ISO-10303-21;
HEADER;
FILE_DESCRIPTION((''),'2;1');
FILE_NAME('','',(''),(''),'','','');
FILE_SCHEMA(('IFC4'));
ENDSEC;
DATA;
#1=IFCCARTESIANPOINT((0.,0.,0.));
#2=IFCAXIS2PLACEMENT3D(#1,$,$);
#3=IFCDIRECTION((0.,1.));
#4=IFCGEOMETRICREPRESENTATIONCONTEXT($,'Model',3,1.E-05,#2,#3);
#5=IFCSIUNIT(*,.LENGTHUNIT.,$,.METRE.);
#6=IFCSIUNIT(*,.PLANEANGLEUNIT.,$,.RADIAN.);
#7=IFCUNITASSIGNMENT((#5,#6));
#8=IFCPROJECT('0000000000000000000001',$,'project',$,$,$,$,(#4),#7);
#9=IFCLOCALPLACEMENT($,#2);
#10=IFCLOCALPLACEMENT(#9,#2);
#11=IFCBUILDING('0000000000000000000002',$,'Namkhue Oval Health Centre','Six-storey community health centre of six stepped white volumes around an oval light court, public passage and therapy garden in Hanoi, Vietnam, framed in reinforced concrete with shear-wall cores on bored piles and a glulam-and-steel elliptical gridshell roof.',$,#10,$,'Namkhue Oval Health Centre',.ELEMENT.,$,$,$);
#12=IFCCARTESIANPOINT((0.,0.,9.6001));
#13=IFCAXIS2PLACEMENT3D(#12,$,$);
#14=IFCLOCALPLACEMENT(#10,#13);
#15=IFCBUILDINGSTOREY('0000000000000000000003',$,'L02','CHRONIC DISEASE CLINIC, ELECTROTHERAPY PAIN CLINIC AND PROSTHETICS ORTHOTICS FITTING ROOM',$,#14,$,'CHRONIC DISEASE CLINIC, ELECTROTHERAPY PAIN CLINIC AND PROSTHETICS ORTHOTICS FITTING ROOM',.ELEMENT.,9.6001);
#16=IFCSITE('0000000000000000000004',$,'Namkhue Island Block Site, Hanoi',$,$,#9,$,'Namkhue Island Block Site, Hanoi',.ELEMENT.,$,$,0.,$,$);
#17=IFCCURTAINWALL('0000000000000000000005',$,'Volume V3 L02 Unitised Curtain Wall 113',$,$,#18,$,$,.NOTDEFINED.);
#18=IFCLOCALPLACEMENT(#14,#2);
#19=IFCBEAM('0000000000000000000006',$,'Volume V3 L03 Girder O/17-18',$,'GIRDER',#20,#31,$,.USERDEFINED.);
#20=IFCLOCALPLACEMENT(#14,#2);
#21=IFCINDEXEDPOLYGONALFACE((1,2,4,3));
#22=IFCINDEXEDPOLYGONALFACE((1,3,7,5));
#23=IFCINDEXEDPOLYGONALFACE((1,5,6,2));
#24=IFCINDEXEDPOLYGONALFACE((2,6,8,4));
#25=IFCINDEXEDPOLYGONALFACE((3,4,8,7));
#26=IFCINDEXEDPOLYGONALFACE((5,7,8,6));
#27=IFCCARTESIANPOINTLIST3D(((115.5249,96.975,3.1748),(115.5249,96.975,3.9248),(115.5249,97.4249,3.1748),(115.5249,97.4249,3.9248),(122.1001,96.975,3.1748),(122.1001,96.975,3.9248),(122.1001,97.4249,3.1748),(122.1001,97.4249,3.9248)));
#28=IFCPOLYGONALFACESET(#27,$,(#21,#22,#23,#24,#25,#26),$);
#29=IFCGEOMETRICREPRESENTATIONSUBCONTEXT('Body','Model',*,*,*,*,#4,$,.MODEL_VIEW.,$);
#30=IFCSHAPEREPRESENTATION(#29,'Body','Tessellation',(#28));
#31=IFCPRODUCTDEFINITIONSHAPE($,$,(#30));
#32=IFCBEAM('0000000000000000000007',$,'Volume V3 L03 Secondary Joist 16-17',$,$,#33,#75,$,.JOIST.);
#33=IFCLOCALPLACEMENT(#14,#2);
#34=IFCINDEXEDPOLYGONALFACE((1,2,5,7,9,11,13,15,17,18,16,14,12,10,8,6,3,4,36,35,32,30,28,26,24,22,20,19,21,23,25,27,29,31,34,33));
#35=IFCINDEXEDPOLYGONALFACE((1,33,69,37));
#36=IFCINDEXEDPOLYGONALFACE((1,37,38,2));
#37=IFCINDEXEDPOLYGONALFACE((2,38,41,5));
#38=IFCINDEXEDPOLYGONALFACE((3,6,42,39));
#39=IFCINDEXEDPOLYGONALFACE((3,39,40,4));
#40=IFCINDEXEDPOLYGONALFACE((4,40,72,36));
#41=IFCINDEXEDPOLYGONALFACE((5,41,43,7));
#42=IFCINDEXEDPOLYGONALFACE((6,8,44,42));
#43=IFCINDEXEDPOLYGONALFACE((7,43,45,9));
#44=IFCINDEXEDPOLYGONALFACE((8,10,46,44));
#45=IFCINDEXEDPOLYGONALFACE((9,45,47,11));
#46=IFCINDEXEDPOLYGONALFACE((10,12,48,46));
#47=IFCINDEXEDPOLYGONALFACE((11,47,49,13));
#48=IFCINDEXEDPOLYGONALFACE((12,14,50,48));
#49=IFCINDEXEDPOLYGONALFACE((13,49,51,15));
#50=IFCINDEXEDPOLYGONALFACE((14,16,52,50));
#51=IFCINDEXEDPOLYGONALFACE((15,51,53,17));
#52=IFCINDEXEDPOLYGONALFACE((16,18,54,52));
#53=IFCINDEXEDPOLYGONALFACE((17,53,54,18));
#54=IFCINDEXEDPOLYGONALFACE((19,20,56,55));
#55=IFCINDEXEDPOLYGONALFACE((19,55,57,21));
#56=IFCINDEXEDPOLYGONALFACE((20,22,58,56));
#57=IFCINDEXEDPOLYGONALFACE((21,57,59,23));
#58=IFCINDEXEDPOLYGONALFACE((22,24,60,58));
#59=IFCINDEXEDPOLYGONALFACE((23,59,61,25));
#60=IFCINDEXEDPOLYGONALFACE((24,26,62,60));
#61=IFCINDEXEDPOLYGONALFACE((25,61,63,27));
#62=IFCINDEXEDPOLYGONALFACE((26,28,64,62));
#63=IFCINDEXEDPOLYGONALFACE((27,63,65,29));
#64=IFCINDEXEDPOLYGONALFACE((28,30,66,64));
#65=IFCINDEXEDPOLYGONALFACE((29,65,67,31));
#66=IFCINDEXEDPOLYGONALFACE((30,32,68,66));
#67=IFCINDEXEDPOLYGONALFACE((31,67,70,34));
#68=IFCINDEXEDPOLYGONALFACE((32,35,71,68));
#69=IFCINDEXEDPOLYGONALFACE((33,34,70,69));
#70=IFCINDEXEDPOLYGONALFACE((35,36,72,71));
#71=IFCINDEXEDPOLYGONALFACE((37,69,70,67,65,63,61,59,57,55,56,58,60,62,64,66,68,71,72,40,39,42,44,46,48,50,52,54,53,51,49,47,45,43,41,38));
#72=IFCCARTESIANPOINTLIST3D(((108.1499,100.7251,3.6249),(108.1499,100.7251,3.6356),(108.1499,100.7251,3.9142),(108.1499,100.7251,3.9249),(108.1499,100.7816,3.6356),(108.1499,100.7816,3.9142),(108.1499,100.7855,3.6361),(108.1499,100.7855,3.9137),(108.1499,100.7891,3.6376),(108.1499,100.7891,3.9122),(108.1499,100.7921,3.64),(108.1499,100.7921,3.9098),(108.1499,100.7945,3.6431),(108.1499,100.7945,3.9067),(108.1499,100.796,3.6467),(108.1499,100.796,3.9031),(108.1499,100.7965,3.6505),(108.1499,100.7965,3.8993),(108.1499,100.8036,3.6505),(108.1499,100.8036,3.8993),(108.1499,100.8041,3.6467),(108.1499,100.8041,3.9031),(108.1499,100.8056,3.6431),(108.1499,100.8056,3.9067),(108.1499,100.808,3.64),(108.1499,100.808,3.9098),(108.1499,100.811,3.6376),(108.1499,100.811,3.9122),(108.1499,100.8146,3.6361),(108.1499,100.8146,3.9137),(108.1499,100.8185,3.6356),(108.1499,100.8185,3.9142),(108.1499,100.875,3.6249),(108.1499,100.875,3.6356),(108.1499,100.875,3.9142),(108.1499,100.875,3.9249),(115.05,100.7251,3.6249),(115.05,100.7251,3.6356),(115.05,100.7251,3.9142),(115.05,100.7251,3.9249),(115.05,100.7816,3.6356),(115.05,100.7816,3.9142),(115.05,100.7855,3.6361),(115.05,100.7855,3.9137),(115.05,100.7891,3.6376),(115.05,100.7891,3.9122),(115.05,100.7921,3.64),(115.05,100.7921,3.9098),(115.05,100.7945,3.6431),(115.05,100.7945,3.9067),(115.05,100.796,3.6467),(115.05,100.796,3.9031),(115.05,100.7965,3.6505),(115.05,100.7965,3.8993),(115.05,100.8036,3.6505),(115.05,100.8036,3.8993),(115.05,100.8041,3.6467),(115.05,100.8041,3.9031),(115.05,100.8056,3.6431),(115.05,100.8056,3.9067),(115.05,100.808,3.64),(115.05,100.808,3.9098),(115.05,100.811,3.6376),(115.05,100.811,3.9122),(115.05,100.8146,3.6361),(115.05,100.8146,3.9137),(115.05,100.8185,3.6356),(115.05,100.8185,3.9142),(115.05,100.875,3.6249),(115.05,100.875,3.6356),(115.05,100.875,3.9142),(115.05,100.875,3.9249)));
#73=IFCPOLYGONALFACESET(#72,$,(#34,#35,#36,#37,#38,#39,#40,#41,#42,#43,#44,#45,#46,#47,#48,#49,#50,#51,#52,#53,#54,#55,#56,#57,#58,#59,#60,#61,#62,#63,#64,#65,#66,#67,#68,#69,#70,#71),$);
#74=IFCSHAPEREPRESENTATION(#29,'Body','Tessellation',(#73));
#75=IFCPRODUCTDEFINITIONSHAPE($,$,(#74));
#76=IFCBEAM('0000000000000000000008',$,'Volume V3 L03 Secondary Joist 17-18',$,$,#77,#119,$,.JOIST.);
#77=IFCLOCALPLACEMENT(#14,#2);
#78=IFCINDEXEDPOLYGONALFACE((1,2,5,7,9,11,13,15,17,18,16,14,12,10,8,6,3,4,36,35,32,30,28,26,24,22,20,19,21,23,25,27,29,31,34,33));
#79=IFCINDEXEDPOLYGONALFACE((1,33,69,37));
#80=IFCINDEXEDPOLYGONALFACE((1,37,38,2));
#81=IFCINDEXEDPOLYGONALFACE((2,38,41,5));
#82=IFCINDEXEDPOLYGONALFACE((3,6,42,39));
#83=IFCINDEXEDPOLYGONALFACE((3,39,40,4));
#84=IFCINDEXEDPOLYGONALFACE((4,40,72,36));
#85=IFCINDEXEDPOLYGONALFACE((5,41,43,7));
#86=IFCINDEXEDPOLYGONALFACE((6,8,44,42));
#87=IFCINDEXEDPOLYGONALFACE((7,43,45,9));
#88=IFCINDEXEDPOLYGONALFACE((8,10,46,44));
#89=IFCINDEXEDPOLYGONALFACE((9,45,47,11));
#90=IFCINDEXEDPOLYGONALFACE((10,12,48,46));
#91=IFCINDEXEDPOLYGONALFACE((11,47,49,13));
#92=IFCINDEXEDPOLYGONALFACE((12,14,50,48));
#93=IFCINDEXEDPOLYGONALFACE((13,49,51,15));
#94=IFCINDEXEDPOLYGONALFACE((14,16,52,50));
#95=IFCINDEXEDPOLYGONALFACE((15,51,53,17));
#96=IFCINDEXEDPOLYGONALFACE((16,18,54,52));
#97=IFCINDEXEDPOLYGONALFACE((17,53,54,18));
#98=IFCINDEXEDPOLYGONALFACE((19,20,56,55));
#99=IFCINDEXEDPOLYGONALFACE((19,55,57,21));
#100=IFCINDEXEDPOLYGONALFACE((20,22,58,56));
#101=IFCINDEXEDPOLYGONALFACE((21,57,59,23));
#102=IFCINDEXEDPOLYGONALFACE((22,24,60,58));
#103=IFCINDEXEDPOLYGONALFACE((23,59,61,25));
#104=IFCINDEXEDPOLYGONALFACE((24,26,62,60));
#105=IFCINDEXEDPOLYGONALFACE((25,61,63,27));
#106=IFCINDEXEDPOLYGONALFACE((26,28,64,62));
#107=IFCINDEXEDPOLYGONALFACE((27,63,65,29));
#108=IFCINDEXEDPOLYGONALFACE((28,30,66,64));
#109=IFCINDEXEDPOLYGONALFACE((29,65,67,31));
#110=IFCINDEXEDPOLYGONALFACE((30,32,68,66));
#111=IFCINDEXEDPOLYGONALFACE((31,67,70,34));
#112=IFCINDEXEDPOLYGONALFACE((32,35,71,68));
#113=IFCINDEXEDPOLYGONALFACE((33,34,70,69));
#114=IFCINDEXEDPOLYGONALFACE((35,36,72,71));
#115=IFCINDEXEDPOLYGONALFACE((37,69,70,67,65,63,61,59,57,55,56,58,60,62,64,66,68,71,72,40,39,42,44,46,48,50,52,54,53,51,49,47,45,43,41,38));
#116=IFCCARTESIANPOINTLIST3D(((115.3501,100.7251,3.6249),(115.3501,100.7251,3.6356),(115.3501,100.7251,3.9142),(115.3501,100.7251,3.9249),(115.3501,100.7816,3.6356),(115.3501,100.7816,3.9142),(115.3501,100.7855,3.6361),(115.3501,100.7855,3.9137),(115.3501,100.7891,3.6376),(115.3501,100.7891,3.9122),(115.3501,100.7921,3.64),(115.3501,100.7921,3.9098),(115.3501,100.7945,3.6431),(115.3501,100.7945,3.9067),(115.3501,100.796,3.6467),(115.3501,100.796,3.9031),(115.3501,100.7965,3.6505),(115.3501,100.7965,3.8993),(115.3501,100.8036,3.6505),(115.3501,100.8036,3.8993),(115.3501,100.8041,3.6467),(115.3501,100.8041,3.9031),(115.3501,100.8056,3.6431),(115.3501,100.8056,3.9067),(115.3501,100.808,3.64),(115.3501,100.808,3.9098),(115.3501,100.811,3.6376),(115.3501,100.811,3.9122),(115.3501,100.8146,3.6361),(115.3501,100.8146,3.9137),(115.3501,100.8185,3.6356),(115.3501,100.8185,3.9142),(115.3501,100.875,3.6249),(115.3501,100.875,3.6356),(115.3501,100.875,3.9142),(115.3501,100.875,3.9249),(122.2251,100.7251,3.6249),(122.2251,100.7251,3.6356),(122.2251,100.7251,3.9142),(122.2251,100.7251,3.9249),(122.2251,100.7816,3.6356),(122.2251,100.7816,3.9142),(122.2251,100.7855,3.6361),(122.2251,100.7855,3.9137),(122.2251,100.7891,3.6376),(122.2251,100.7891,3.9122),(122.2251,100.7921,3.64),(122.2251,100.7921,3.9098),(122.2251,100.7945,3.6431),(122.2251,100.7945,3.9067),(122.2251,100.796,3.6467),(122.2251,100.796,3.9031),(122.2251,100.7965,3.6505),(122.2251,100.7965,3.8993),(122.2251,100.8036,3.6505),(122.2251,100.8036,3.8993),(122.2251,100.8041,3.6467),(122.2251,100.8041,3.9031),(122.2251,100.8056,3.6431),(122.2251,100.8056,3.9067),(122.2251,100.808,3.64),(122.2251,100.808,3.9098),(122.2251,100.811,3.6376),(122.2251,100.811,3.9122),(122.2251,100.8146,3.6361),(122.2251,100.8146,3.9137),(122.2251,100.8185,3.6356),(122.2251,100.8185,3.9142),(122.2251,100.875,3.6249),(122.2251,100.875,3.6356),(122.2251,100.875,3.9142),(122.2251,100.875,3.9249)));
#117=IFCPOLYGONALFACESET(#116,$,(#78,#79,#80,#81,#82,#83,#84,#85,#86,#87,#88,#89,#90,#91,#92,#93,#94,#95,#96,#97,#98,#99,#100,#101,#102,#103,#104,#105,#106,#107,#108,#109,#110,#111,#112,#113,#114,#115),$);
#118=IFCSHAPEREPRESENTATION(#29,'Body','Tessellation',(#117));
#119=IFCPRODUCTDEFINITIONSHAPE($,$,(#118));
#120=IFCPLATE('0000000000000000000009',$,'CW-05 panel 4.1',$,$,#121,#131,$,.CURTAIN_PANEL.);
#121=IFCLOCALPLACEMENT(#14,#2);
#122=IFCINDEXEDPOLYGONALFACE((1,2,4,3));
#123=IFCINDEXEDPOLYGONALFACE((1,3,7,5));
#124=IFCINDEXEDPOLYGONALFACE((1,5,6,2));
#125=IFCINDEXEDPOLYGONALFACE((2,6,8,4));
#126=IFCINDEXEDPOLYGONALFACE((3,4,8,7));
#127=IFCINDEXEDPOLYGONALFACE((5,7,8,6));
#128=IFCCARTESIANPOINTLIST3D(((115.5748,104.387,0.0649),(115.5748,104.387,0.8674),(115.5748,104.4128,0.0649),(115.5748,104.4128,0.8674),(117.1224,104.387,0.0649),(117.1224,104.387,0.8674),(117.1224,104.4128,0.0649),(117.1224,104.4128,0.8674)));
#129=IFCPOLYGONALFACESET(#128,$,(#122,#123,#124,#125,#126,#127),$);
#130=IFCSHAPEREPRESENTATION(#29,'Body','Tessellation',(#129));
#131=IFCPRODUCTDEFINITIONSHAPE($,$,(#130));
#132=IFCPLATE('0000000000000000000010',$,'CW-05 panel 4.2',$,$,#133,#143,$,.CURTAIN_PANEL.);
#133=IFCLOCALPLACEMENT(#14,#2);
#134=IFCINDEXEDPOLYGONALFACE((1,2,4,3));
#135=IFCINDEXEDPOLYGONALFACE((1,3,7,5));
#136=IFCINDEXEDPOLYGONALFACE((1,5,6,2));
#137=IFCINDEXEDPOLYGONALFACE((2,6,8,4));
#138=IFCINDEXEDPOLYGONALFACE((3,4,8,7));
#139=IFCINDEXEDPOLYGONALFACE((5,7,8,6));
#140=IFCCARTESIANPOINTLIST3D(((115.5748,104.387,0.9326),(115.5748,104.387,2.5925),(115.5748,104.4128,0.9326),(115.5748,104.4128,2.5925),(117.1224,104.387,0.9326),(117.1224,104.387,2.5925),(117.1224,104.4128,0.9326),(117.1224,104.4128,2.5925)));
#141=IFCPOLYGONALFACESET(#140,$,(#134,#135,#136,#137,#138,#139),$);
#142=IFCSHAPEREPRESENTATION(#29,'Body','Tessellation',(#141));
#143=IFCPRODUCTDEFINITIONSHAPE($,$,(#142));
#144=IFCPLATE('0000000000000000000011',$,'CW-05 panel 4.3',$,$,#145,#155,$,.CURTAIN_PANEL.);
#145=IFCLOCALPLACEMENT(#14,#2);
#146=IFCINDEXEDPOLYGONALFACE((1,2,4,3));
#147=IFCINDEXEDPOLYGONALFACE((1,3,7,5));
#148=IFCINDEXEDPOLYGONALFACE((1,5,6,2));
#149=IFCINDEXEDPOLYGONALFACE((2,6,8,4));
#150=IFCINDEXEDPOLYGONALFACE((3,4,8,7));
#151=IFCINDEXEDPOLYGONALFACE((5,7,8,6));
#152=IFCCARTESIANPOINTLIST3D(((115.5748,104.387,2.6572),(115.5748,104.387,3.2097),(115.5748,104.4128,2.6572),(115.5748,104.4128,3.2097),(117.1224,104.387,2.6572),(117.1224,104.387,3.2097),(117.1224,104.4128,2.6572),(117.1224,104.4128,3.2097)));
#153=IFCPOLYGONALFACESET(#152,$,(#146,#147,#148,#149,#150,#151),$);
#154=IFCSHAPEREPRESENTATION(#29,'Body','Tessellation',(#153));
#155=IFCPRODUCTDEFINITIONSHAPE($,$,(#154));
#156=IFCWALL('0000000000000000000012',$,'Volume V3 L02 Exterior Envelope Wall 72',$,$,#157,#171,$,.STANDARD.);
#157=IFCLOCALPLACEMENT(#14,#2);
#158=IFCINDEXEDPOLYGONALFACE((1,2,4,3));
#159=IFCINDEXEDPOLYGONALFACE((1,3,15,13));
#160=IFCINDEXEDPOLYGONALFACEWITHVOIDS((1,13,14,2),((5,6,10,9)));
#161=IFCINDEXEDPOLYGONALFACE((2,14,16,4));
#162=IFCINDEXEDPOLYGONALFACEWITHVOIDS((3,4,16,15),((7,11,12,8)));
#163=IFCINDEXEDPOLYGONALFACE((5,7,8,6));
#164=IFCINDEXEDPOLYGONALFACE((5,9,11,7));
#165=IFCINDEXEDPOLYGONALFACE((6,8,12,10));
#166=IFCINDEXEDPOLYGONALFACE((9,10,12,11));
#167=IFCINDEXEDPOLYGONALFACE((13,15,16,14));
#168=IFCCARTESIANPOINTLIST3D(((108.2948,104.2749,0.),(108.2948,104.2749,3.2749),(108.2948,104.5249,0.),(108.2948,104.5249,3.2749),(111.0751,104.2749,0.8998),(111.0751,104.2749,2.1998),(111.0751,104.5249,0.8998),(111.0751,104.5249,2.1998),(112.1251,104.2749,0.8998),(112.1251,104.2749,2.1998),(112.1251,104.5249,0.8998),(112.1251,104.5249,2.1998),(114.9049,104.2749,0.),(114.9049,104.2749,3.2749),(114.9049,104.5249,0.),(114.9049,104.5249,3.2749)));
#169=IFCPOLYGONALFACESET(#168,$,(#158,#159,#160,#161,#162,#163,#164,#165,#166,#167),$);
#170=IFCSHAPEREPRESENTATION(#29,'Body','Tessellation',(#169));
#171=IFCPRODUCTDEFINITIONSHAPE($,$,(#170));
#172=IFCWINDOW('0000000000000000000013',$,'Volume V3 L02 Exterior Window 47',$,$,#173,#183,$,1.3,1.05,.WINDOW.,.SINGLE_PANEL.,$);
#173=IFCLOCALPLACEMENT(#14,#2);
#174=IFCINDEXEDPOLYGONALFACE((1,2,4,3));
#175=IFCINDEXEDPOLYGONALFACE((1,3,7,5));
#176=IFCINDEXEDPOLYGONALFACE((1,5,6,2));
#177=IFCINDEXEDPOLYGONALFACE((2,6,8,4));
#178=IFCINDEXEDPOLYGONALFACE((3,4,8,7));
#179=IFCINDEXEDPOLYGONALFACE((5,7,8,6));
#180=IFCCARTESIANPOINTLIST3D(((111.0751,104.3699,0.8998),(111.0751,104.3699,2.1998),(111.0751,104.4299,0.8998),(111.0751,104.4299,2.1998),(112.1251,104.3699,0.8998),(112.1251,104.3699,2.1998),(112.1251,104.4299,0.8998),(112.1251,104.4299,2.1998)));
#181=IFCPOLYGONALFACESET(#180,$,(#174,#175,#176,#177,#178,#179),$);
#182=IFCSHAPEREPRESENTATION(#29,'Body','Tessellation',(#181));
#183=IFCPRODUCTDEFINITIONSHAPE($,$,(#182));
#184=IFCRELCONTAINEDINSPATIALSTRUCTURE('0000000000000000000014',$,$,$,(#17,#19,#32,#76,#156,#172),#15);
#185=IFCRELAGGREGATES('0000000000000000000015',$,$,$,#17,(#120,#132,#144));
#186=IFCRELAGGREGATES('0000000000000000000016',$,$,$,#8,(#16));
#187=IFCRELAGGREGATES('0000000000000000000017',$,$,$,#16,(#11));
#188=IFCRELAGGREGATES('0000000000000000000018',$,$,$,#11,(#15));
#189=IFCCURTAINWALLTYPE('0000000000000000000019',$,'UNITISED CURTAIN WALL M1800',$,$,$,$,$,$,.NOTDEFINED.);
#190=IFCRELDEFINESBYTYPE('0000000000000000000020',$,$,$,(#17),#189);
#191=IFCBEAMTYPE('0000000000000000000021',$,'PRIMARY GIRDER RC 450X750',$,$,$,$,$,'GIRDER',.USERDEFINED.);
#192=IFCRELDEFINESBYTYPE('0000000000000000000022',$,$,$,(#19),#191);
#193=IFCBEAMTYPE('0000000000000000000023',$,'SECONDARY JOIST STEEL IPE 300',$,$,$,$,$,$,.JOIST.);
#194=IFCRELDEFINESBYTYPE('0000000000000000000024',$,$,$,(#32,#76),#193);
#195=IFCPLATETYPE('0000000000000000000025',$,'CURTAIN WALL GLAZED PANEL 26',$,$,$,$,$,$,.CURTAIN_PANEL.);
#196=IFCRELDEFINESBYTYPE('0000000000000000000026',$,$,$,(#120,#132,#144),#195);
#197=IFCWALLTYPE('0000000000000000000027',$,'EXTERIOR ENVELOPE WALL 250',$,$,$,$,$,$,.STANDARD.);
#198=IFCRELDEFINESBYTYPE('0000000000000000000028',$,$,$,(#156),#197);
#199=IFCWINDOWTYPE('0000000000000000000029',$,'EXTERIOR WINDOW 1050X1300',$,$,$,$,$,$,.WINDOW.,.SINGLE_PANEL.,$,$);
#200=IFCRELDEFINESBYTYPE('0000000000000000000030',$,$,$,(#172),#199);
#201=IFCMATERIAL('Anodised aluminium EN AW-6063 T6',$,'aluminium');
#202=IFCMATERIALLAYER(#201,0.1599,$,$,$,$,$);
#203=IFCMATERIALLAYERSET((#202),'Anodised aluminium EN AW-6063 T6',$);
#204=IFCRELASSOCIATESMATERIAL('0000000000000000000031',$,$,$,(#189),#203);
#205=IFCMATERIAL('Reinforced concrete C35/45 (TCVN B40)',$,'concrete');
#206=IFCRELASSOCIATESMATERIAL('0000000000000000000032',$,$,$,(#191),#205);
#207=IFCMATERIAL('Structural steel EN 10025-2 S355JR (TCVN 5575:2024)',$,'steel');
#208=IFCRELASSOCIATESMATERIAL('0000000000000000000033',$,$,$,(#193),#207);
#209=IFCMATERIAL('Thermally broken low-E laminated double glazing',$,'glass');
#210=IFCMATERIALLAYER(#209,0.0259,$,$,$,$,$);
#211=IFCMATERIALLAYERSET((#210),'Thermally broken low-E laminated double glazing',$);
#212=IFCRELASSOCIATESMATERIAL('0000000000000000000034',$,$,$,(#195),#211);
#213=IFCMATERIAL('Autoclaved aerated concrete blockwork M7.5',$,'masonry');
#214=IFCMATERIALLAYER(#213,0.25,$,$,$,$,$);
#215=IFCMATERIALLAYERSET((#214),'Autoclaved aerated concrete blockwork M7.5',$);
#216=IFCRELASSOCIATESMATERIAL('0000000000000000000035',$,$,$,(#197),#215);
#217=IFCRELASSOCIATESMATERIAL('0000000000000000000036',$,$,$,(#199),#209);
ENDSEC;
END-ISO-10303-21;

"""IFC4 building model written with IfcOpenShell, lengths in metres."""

from ifc_helpers import new_model, si_unit, direction, frame, frame_2d, origin, origin_2d, place, context, subcontext, project, spatial, rectangle, i_section, extrude, material, layer, layer_set, material_profile, profile_set, type_object, element, fill, aggregate, save


model = new_model("IFC4")

# Units and contexts
model_context = context("Model", 3, precision=1e-05, world=origin(), true_north=direction((0.0, 1.0)))
body_context = subcontext(model_context, "Body", "Model", "MODEL_VIEW")
ifc_project = project(units=[si_unit("LENGTHUNIT", "METRE"), si_unit("PLANEANGLEUNIT", "RADIAN")], contexts=[model_context])

# Site, building, storey
site_placement = place(None, origin())
site = spatial("IfcSite", under=ifc_project, at=site_placement, Name="Namkhue Island Block Site, Hanoi", LongName="Namkhue Island Block Site, Hanoi", CompositionType="ELEMENT", RefElevation=0.0)
building_placement = place(site_placement, origin())
building = spatial("IfcBuilding", under=site, at=building_placement, Name="Namkhue Oval Health Centre", Description="Six-storey community health centre of six stepped white volumes around an oval light court, public passage and therapy garden in Hanoi, Vietnam, framed in reinforced concrete with shear-wall cores on bored piles and a glulam-and-steel elliptical gridshell roof.", LongName="Namkhue Oval Health Centre", CompositionType="ELEMENT")
storey_placement = place(building_placement, frame((0.0, 0.0, 9.6001)))
storey = spatial("IfcBuildingStorey", under=building, at=storey_placement, Name="L02", Description="CHRONIC DISEASE CLINIC, ELECTROTHERAPY PAIN CLINIC AND PROSTHETICS ORTHOTICS FITTING ROOM", LongName="CHRONIC DISEASE CLINIC, ELECTROTHERAPY PAIN CLINIC AND PROSTHETICS ORTHOTICS FITTING ROOM", CompositionType="ELEMENT", Elevation=9.6001)

# Shared definitions
ifc_material_1 = material(Name="Reinforced concrete C35/45 (TCVN B40)", Category="concrete")

# Curtain wall
ifc_material_2 = material(Name="Anodised aluminium EN AW-6063 T6", Category="aluminium")
ifc_layer_1 = layer(ifc_material_2, 0.1599)
ifc_layer_set_1 = layer_set([ifc_layer_1], Name="Anodised aluminium EN AW-6063 T6")
curtain_wall_type = type_object("IfcCurtainWallType", Name="UNITISED CURTAIN WALL M1800", PredefinedType="NOTDEFINED", material=ifc_layer_set_1)
curtain_wall_placement = place(storey_placement, origin())
curtain_wall = element("IfcCurtainWall", 1, at=curtain_wall_placement, inside=storey, type_object=curtain_wall_type, Name="Volume V3 L02 Unitised Curtain Wall 113", PredefinedType="NOTDEFINED")

# Beams
ifc_material_profile_1 = material_profile(ifc_material_1, rectangle(XDim=0.45, YDim=0.75, at=origin_2d()), Name="RC 450x750")
ifc_profile_set_1 = profile_set([ifc_material_profile_1], Name="Reinforced concrete C35/45 (TCVN B40)")
beam_type_1 = type_object("IfcBeamType", Name="PRIMARY GIRDER RC 450X750", ElementType="GIRDER", PredefinedType="USERDEFINED", material=ifc_profile_set_1)
beam_1_placement = place(storey_placement, frame((115.5249, 97.2, 3.5498), z_axis=(1.0, 0.0, 0.0), x_axis=(0.0, 1.0, 0.0)))
element("IfcBeam", 2, at=beam_1_placement, inside=storey, type_object=beam_type_1, Name="Volume V3 L03 Girder O/17-18", ObjectType="GIRDER", PredefinedType="USERDEFINED", context=body_context, shape_type="SweptSolid", body=[
    extrude(rectangle(XDim=0.45, YDim=0.75, at=origin_2d()), origin(), (0.0, 0.0, 1.0), 6.5752),
])
ifc_material_3 = material(Name="Structural steel EN 10025-2 S355JR (TCVN 5575:2024)", Category="steel")
ifc_material_profile_2 = material_profile(ifc_material_3, i_section(OverallWidth=0.1499, OverallDepth=0.3, WebThickness=0.0071, FlangeThickness=0.0107, FilletRadius=0.0149, at=origin_2d()), Name="IPE 300")
ifc_profile_set_2 = profile_set([ifc_material_profile_2], Name="Structural steel EN 10025-2 S355JR (TCVN 5575:2024)")
beam_type_2 = type_object("IfcBeamType", Name="SECONDARY JOIST STEEL IPE 300", PredefinedType="JOIST", material=ifc_profile_set_2)
beam_2_placement = place(storey_placement, frame((108.1499, 100.8, 3.7749), z_axis=(1.0, 0.0, 0.0), x_axis=(0.0, 1.0, 0.0)))
element("IfcBeam", 3, at=beam_2_placement, inside=storey, type_object=beam_type_2, Name="Volume V3 L03 Secondary Joist 16-17", PredefinedType="JOIST", context=body_context, shape_type="SweptSolid", body=[
    extrude(i_section(OverallWidth=0.1499, OverallDepth=0.3, WebThickness=0.0071, FlangeThickness=0.0107, FilletRadius=0.0149, at=origin_2d()), origin(), (0.0, 0.0, 1.0), 6.9001),
])
beam_3_placement = place(storey_placement, frame((115.3501, 100.8, 3.7749), z_axis=(1.0, 0.0, 0.0), x_axis=(0.0, 1.0, 0.0)))
element("IfcBeam", 4, at=beam_3_placement, inside=storey, type_object=beam_type_2, Name="Volume V3 L03 Secondary Joist 17-18", PredefinedType="JOIST", context=body_context, shape_type="SweptSolid", body=[
    extrude(i_section(OverallWidth=0.1499, OverallDepth=0.3, WebThickness=0.0071, FlangeThickness=0.0107, FilletRadius=0.0149, at=origin_2d()), origin(), (0.0, 0.0, 1.0), 6.875),
])

# Plates
ifc_material_4 = material(Name="Thermally broken low-E laminated double glazing", Category="glass")
ifc_layer_2 = layer(ifc_material_4, 0.0259)
ifc_layer_set_2 = layer_set([ifc_layer_2], Name="Thermally broken low-E laminated double glazing")
plate_type = type_object("IfcPlateType", Name="CURTAIN WALL GLAZED PANEL 26", PredefinedType="CURTAIN_PANEL", material=ifc_layer_set_2)
plate_1_placement = place(storey_placement, frame((116.3486, 104.3999, 0.0649), z_axis=(0.0, 0.0, 1.0), x_axis=(-1.0, 0.0, 0.0)))
plate_1 = element("IfcPlate", 5, at=plate_1_placement, type_object=plate_type, Name="CW-05 panel 4.1", PredefinedType="CURTAIN_PANEL", context=body_context, shape_type="SweptSolid", body=[
    extrude(rectangle(XDim=1.5476, YDim=0.0259, at=origin_2d()), origin(), (0.0, 0.0, 1.0), 0.8025),
])
plate_2_placement = place(storey_placement, frame((116.3486, 104.3999, 0.9326), z_axis=(0.0, 0.0, 1.0), x_axis=(-1.0, 0.0, 0.0)))
plate_2 = element("IfcPlate", 6, at=plate_2_placement, type_object=plate_type, Name="CW-05 panel 4.2", PredefinedType="CURTAIN_PANEL", context=body_context, shape_type="SweptSolid", body=[
    extrude(rectangle(XDim=1.5476, YDim=0.0259, at=origin_2d()), origin(), (0.0, 0.0, 1.0), 1.6599),
])
plate_3_placement = place(storey_placement, frame((116.3486, 104.3999, 2.6572), z_axis=(0.0, 0.0, 1.0), x_axis=(-1.0, 0.0, 0.0)))
plate_3 = element("IfcPlate", 7, at=plate_3_placement, type_object=plate_type, Name="CW-05 panel 4.3", PredefinedType="CURTAIN_PANEL", context=body_context, shape_type="SweptSolid", body=[
    extrude(rectangle(XDim=1.5476, YDim=0.0259, at=origin_2d()), origin(), (0.0, 0.0, 1.0), 0.5525),
])
aggregate(curtain_wall, [plate_1, plate_2, plate_3])

# Wall, opening, window
ifc_material_5 = material(Name="Autoclaved aerated concrete blockwork M7.5", Category="masonry")
ifc_layer_3 = layer(ifc_material_5, 0.25)
ifc_layer_set_3 = layer_set([ifc_layer_3], Name="Autoclaved aerated concrete blockwork M7.5")
wall_type_1 = type_object("IfcWallType", Name="EXTERIOR ENVELOPE WALL 250", PredefinedType="STANDARD", material=ifc_layer_set_3)
wall_1_placement = place(storey_placement, frame((114.905, 104.3999, 0.0), z_axis=(0.0, 0.0, 1.0), x_axis=(-1.0, 0.0, 0.0)))
wall_1 = element("IfcWall", 8, at=wall_1_placement, inside=storey, type_object=wall_type_1, Name="Volume V3 L02 Exterior Envelope Wall 72", PredefinedType="STANDARD", context=body_context, shape_type="SweptSolid", body=[
    extrude(rectangle(XDim=6.6101, YDim=0.25, at=frame_2d((3.3052, 0.0))), origin(), (0.0, 0.0, 1.0), 3.2749),
])
opening_placement = place(wall_1_placement, frame((2.78, 0.0, 0.8999)))
opening = element("IfcOpeningElement", 9, at=opening_placement, cuts=wall_1, PredefinedType="OPENING", context=body_context, shape_type="SweptSolid", body=[
    extrude(rectangle(XDim=1.05, YDim=1.3, at=frame_2d((0.5249, 0.6499))), frame((0.0, 0.135, 0.0), z_axis=(0.0, -1.0, 0.0), x_axis=(1.0, 0.0, 0.0)), (0.0, 0.0, 1.0), 0.27),
])
window_type = type_object("IfcWindowType", Name="EXTERIOR WINDOW 1050X1300", PartitioningType="SINGLE_PANEL", PredefinedType="WINDOW", material=ifc_material_4)
window_placement = place(opening_placement, origin())
window = element("IfcWindow", 10, at=window_placement, inside=storey, type_object=window_type, Name="Volume V3 L02 Exterior Window 47", OverallHeight=1.3, OverallWidth=1.05, PartitioningType="SINGLE_PANEL", PredefinedType="WINDOW", context=body_context, shape_type="SweptSolid", body=[
    extrude(rectangle(XDim=1.05, YDim=1.3, at=frame_2d((0.5249, 0.6499))), frame((0.0, 0.03, 0.0), z_axis=(0.0, -1.0, 0.0), x_axis=(1.0, 0.0, 0.0)), (0.0, 0.0, 1.0), 0.0601),
])
fill(opening, window)

save(model, "model.ifc")
